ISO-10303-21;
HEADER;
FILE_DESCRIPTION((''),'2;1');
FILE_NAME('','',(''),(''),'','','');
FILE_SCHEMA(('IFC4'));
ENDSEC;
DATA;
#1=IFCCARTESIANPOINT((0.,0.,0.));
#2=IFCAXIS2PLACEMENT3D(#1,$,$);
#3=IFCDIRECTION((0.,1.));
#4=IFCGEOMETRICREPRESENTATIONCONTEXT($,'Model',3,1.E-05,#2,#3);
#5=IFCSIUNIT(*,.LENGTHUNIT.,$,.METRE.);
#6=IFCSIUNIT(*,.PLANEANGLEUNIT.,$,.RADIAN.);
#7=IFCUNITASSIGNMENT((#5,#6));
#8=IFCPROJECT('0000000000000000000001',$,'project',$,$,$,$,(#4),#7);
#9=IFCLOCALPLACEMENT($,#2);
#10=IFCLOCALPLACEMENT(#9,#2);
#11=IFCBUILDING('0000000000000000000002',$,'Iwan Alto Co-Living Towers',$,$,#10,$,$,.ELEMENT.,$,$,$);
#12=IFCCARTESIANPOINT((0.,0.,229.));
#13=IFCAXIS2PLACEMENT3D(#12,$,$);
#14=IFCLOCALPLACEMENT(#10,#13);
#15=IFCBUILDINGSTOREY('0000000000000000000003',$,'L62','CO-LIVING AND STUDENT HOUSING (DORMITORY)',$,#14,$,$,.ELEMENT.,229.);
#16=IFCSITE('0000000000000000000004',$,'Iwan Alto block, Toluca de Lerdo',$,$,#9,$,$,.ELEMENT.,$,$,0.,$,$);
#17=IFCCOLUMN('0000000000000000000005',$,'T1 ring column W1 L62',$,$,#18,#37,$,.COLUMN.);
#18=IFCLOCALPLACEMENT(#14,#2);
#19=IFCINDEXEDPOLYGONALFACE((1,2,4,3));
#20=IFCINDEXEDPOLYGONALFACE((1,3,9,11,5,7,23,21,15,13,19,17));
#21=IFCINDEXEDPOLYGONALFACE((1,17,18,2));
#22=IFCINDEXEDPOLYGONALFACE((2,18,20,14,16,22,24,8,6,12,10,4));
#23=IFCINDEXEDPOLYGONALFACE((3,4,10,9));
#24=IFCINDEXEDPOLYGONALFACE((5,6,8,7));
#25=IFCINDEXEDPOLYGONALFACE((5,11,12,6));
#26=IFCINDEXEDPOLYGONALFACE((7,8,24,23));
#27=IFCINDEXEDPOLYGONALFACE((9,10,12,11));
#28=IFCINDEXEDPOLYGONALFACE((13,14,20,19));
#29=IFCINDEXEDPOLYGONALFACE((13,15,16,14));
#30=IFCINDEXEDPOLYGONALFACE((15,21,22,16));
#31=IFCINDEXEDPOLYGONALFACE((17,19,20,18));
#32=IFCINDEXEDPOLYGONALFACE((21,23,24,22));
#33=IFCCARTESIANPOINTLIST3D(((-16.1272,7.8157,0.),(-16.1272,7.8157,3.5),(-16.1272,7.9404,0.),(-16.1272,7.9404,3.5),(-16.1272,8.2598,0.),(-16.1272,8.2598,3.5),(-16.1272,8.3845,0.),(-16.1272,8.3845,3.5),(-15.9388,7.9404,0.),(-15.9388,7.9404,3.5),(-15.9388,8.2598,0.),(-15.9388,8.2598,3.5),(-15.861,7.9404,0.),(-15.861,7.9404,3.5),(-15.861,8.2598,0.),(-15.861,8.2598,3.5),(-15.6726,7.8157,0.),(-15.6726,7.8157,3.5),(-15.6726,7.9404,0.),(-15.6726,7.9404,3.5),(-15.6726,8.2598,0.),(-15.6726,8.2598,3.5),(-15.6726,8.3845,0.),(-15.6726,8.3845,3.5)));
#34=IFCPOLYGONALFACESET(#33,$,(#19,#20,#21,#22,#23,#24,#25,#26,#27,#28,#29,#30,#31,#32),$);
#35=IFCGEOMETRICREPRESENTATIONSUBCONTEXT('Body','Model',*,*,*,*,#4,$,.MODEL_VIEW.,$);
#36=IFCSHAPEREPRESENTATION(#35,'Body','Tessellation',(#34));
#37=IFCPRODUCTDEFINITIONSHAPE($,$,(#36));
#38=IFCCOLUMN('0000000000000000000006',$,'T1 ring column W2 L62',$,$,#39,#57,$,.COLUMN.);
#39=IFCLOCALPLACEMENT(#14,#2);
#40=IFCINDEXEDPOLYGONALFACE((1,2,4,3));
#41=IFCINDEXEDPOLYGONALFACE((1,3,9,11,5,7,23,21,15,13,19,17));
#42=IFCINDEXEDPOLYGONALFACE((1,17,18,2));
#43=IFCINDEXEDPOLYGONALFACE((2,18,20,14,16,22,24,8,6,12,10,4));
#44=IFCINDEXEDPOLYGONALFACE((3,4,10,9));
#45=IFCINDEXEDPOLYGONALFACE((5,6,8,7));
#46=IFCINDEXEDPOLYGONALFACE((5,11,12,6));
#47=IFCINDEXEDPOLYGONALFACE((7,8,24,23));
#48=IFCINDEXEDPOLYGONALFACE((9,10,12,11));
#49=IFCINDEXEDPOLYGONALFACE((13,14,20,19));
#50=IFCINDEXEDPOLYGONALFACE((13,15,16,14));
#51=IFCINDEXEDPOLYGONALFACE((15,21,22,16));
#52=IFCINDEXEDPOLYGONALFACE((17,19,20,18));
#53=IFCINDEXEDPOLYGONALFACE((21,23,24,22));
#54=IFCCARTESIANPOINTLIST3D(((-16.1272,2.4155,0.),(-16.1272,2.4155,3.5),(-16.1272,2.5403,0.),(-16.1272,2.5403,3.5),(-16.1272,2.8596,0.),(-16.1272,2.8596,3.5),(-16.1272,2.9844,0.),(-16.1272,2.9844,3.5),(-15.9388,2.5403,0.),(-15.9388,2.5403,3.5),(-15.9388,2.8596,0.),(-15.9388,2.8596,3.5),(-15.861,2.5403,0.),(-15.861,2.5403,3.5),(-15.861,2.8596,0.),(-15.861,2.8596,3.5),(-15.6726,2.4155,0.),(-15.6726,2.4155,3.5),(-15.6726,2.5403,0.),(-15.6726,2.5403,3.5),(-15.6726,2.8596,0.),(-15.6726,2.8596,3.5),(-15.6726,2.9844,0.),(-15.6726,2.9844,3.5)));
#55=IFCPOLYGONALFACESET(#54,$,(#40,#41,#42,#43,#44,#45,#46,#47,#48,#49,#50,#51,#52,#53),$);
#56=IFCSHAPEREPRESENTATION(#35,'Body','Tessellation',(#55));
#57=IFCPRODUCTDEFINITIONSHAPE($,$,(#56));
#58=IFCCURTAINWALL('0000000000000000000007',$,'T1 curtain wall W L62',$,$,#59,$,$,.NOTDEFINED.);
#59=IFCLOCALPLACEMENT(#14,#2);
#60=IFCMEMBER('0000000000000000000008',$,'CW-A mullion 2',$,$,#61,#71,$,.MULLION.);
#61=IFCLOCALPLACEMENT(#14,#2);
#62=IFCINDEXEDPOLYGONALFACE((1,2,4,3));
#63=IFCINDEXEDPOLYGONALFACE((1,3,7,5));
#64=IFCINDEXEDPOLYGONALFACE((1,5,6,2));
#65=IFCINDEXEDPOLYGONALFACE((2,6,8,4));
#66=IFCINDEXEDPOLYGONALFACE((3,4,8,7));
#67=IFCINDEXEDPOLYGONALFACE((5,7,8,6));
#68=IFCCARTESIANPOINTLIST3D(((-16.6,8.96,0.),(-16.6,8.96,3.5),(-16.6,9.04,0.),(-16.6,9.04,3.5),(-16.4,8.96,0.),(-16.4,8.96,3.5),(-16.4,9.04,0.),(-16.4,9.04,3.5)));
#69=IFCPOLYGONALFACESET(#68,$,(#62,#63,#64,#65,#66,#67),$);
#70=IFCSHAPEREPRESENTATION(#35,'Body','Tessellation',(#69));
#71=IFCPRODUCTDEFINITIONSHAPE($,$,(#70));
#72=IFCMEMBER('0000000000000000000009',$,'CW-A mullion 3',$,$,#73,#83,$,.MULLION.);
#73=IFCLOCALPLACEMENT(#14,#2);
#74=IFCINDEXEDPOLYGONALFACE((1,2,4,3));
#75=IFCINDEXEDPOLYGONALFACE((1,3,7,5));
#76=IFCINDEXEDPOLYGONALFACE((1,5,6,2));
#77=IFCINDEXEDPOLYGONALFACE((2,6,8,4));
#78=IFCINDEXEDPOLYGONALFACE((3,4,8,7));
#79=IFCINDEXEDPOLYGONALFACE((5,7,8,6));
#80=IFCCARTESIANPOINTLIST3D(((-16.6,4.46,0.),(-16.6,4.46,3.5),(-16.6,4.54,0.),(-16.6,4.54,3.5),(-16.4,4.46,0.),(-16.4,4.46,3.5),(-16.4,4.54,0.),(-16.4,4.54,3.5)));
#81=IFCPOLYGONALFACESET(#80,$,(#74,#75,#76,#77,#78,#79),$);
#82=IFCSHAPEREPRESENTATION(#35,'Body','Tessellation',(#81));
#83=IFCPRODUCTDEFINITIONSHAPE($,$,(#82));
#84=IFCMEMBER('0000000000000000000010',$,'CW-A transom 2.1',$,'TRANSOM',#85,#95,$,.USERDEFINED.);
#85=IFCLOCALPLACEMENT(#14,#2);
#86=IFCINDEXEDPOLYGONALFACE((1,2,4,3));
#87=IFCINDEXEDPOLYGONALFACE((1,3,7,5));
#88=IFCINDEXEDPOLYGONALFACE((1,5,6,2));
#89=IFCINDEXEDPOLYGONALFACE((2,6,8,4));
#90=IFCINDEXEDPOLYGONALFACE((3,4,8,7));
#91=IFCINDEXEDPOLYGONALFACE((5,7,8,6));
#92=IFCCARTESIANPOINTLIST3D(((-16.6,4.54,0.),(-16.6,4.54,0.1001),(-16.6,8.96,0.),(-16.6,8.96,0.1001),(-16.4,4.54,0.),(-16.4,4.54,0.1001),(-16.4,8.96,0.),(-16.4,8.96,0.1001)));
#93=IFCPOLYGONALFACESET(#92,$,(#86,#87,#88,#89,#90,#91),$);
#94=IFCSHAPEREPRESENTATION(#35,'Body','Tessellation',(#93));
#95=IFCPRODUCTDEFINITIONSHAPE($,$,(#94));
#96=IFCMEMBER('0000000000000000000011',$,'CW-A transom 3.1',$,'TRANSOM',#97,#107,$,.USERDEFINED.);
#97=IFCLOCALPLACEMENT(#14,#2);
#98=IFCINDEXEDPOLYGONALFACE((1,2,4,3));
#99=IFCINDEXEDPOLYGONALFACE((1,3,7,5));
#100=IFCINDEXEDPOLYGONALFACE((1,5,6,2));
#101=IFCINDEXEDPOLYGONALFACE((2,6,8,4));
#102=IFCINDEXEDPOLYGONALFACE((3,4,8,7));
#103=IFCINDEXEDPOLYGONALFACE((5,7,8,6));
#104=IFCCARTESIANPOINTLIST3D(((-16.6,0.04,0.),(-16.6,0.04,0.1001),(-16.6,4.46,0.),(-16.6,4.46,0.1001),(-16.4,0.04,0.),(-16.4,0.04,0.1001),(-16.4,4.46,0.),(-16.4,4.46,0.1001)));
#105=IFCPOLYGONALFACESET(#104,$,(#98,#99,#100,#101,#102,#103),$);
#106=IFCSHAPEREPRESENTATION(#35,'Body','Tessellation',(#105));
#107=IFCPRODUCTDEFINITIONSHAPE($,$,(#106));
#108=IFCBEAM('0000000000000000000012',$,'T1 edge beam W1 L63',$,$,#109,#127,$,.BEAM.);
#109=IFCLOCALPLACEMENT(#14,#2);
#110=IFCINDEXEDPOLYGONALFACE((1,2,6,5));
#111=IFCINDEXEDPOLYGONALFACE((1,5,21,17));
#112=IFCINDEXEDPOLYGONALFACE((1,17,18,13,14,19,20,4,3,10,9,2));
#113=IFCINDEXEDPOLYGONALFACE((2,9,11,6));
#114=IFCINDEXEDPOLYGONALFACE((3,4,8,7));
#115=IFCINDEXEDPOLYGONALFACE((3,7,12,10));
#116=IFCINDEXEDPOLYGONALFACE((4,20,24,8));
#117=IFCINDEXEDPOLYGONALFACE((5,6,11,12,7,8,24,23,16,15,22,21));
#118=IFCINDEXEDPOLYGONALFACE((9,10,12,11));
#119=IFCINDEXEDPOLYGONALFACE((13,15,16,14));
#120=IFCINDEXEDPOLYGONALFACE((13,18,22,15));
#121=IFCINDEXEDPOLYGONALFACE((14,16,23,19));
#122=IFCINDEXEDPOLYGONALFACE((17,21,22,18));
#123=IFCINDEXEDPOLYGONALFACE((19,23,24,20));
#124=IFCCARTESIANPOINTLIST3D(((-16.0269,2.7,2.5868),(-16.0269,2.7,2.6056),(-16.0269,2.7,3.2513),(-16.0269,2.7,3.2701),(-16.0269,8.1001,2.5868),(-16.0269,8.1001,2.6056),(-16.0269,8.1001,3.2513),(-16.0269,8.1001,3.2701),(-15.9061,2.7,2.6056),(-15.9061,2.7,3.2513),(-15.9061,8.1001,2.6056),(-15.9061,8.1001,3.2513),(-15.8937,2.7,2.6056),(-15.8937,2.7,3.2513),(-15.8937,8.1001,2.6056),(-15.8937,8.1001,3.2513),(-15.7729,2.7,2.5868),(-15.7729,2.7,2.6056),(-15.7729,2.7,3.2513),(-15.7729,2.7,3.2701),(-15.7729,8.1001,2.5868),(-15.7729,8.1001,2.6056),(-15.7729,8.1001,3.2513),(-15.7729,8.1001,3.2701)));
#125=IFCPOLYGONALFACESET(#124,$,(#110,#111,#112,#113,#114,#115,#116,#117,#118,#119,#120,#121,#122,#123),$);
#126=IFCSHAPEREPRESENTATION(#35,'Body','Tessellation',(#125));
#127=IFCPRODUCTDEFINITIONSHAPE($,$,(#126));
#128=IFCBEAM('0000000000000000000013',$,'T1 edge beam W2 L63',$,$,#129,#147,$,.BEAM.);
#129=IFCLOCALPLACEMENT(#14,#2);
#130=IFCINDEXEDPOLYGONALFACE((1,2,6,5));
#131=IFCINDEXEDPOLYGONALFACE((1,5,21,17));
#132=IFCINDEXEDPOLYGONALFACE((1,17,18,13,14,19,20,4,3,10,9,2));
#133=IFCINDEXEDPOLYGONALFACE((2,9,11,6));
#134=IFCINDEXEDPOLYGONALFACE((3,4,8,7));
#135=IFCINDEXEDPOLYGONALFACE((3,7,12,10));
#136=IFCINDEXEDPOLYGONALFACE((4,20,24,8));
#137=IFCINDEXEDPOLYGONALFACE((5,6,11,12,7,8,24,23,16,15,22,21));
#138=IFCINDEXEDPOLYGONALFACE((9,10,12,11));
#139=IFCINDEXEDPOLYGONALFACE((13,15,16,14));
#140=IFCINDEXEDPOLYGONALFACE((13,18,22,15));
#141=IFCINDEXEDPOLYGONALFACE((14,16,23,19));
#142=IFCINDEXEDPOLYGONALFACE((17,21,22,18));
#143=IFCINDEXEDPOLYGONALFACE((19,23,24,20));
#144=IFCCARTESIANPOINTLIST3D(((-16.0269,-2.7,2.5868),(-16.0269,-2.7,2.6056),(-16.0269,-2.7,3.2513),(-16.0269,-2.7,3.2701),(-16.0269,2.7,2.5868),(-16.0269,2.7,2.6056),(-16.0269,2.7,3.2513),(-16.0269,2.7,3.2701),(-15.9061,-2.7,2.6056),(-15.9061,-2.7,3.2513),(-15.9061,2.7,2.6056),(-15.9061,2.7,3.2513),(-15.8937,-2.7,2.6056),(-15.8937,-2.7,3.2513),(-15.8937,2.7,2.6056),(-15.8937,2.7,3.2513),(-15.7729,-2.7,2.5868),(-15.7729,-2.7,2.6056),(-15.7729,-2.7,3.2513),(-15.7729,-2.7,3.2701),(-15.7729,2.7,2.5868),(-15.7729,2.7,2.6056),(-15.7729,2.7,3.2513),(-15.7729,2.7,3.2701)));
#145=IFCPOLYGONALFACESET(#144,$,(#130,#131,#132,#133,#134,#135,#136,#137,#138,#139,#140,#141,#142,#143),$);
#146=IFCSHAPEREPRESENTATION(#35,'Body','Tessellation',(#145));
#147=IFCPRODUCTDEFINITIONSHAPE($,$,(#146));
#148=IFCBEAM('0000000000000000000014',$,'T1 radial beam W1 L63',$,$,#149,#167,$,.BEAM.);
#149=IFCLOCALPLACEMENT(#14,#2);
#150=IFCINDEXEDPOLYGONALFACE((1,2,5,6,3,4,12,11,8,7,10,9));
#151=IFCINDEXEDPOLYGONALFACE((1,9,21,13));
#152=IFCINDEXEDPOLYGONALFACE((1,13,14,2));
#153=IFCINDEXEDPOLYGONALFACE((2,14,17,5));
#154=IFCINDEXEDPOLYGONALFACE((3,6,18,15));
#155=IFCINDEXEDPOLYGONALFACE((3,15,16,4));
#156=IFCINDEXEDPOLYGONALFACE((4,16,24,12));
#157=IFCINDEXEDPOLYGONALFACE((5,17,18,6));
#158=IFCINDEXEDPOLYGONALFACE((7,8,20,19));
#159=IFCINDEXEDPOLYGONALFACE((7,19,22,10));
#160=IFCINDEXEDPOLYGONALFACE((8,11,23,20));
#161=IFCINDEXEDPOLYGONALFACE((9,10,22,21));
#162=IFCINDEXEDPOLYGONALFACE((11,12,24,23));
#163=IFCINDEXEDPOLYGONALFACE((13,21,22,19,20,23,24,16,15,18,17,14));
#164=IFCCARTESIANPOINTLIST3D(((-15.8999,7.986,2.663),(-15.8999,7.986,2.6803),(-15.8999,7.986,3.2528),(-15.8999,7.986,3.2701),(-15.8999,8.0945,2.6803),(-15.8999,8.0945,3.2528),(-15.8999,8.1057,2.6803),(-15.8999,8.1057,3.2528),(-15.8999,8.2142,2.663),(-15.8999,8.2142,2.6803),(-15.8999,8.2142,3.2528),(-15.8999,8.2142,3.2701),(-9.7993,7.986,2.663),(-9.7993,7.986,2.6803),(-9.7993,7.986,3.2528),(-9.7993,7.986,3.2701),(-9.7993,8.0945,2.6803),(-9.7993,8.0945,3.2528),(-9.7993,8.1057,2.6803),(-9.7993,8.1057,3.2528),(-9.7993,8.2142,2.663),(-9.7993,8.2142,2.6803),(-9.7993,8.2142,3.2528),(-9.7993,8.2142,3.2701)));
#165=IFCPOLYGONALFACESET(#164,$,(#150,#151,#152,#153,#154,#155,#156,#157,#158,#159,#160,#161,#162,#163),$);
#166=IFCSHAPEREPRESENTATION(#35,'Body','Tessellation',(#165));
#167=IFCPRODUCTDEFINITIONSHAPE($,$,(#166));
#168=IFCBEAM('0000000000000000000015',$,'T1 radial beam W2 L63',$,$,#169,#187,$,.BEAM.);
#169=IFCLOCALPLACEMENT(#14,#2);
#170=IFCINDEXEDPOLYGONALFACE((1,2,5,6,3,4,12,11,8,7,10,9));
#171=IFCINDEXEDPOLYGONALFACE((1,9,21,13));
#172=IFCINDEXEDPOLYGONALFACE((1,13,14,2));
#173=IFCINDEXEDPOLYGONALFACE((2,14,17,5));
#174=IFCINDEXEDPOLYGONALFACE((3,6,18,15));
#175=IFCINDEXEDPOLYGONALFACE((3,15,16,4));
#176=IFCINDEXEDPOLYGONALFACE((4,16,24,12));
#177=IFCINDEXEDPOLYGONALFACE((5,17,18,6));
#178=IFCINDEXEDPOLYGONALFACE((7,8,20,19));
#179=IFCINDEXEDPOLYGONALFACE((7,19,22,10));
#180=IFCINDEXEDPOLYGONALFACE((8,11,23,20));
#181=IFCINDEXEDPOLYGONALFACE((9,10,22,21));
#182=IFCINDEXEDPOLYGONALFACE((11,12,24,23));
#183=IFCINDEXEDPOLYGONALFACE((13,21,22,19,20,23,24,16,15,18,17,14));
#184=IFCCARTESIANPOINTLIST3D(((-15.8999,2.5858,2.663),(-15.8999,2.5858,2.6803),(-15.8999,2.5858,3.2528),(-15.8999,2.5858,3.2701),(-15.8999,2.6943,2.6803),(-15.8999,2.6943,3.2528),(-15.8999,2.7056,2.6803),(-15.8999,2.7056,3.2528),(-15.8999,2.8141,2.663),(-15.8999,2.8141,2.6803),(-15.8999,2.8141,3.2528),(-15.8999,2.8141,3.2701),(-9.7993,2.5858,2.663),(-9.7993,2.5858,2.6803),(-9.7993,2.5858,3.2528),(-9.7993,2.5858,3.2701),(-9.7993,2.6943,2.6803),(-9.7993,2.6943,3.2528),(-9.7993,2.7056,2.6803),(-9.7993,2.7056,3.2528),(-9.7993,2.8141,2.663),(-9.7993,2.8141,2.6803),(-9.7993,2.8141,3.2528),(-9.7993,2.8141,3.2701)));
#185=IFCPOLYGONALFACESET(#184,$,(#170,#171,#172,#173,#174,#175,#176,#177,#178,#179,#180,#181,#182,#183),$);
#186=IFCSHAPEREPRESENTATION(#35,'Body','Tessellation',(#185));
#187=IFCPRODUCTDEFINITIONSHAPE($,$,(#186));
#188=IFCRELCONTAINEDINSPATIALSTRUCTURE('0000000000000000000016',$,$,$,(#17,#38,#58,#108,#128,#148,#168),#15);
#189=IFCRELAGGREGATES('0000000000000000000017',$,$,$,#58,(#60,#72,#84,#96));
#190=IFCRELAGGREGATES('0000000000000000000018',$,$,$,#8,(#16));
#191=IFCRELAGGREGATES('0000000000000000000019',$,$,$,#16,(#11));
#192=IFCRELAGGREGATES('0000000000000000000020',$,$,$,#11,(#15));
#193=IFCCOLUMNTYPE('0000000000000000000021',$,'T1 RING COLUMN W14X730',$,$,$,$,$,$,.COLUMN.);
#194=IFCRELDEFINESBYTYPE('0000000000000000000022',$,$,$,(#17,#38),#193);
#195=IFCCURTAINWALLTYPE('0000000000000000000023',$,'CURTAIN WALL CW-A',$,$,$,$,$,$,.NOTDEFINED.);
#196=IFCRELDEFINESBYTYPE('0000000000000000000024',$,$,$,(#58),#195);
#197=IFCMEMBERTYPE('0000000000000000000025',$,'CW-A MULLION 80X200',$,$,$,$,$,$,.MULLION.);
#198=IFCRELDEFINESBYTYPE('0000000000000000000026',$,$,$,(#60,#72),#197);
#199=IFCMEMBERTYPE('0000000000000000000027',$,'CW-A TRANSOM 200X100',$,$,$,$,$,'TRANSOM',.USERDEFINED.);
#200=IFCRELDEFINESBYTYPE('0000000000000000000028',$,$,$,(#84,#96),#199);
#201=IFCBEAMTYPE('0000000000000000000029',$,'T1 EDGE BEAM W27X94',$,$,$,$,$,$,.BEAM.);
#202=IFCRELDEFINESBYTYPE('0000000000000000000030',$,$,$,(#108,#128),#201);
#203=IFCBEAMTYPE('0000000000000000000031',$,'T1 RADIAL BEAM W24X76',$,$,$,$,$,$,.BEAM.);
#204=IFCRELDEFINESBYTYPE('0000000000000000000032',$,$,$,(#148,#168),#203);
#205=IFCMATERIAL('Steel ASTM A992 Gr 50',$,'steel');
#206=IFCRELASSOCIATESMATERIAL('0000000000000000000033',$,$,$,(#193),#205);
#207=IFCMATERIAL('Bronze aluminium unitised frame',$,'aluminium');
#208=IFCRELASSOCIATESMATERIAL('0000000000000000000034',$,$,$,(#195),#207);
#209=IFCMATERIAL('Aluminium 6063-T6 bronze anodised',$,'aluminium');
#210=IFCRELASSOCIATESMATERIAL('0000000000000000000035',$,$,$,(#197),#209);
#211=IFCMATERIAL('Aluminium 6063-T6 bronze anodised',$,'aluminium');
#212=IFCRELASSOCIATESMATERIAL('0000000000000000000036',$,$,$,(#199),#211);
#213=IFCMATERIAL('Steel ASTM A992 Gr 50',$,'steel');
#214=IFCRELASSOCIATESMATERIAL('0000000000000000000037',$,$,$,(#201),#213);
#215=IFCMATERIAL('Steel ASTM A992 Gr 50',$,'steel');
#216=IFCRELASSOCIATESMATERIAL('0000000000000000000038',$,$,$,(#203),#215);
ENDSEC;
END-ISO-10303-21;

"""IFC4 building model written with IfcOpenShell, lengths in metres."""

from ifc_helpers import new_model, si_unit, direction, frame, origin, origin_2d, place, context, subcontext, project, spatial, rectangle, i_section, extrude, material, material_profile, profile_set, type_object, element, aggregate, save


model = new_model("IFC4")

# Units and contexts
model_context = context("Model", 3, precision=1e-05, world=origin(), true_north=direction((0.0, 1.0)))
body_context = subcontext(model_context, "Body", "Model", "MODEL_VIEW")
ifc_project = project(units=[si_unit("LENGTHUNIT", "METRE"), si_unit("PLANEANGLEUNIT", "RADIAN")], contexts=[model_context])

# Site, building, storey
site_placement = place(None, origin())
site = spatial("IfcSite", under=ifc_project, at=site_placement, Name="Iwan Alto block, Toluca de Lerdo", CompositionType="ELEMENT", RefElevation=0.0)
building_placement = place(site_placement, origin())
building = spatial("IfcBuilding", under=site, at=building_placement, Name="Iwan Alto Co-Living Towers", CompositionType="ELEMENT")
storey_placement = place(building_placement, frame((0.0, 0.0, 229.0)))
storey = spatial("IfcBuildingStorey", under=building, at=storey_placement, Name="L62", Description="CO-LIVING AND STUDENT HOUSING (DORMITORY)", CompositionType="ELEMENT", Elevation=229.0)

# Columns
ifc_material_1 = material(Name="Steel ASTM A992 Gr 50", Category="steel")
ifc_material_profile_1 = material_profile(ifc_material_1, i_section(OverallWidth=0.4546, OverallDepth=0.5688, WebThickness=0.0779, FlangeThickness=0.1248, at=origin_2d()), Name="W14X730")
ifc_profile_set_1 = profile_set([ifc_material_profile_1], Name="Steel ASTM A992 Gr 50")
column_type = type_object("IfcColumnType", Name="T1 RING COLUMN W14X730", PredefinedType="COLUMN", material=ifc_profile_set_1)
for number, where, z_axis, x_axis, name in (
    (1, (-15.8999, 8.1001, 0.0), (0.0, 0.0, 1.0), (1.0, 0.0, 0.0), "T1 ring column W1 L62"),
    (2, (-15.8999, 2.7, 0.0), (0.0, 0.0, 1.0), (1.0, 0.0, 0.0), "T1 ring column W2 L62"),
):
    element("IfcColumn", number, at=place(storey_placement, frame(where, z_axis=z_axis, x_axis=x_axis)), inside=storey, type_object=column_type, Name=name, PredefinedType="COLUMN", context=body_context, shape_type="SweptSolid", body=[
        extrude(i_section(OverallWidth=0.4546, OverallDepth=0.5688, WebThickness=0.0779, FlangeThickness=0.1248, at=origin_2d()), origin(), (0.0, 0.0, 1.0), 3.5),
    ])

# Curtain wall, members
ifc_material_2 = material(Name="Bronze aluminium unitised frame", Category="aluminium")
curtain_wall_type = type_object("IfcCurtainWallType", Name="CURTAIN WALL CW-A", PredefinedType="NOTDEFINED", material=ifc_material_2)
curtain_wall_placement = place(storey_placement, origin())
curtain_wall = element("IfcCurtainWall", 3, at=curtain_wall_placement, inside=storey, type_object=curtain_wall_type, Name="T1 curtain wall W L62", PredefinedType="NOTDEFINED")
ifc_material_3 = material(Name="Aluminium 6063-T6 bronze anodised", Category="aluminium")
ifc_material_profile_2 = material_profile(ifc_material_3, rectangle(XDim=0.2, YDim=0.0801, at=origin_2d()), Name="AL 80X200")
ifc_profile_set_2 = profile_set([ifc_material_profile_2], Name="Aluminium 6063-T6 bronze anodised")
member_type_1 = type_object("IfcMemberType", Name="CW-A MULLION 80X200", PredefinedType="MULLION", material=ifc_profile_set_2)
member_1_placement = place(storey_placement, frame((-16.5, 9.0, 0.0), z_axis=(0.0, 0.0, 1.0), x_axis=(1.0, 0.0, 0.0)))
member_1 = element("IfcMember", 4, at=member_1_placement, type_object=member_type_1, Name="CW-A mullion 2", PredefinedType="MULLION", context=body_context, shape_type="SweptSolid", body=[
    extrude(rectangle(XDim=0.2, YDim=0.0801, at=origin_2d()), origin(), (0.0, 0.0, 1.0), 3.5),
])
member_2_placement = place(storey_placement, frame((-16.5, 4.5, 0.0), z_axis=(0.0, 0.0, 1.0), x_axis=(1.0, 0.0, 0.0)))
member_2 = element("IfcMember", 5, at=member_2_placement, type_object=member_type_1, Name="CW-A mullion 3", PredefinedType="MULLION", context=body_context, shape_type="SweptSolid", body=[
    extrude(rectangle(XDim=0.2, YDim=0.0801, at=origin_2d()), origin(), (0.0, 0.0, 1.0), 3.5),
])
ifc_material_4 = material(Name="Aluminium 6063-T6 bronze anodised", Category="aluminium")
ifc_material_profile_3 = material_profile(ifc_material_4, rectangle(XDim=0.2, YDim=0.1001, at=origin_2d()), Name="AL 200X100")
ifc_profile_set_3 = profile_set([ifc_material_profile_3], Name="Aluminium 6063-T6 bronze anodised")
member_type_2 = type_object("IfcMemberType", Name="CW-A TRANSOM 200X100", ElementType="TRANSOM", PredefinedType="USERDEFINED", material=ifc_profile_set_3)
member_3_placement = place(storey_placement, frame((-16.5, 8.96, 0.05), z_axis=(0.0, -1.0, 0.0), x_axis=(1.0, 0.0, 0.0)))
member_3 = element("IfcMember", 6, at=member_3_placement, type_object=member_type_2, Name="CW-A transom 2.1", ObjectType="TRANSOM", PredefinedType="USERDEFINED", context=body_context, shape_type="SweptSolid", body=[
    extrude(rectangle(XDim=0.2, YDim=0.1001, at=origin_2d()), origin(), (0.0, 0.0, 1.0), 4.4199),
])
member_4_placement = place(storey_placement, frame((-16.5, 4.46, 0.05), z_axis=(0.0, -1.0, 0.0), x_axis=(1.0, 0.0, 0.0)))
member_4 = element("IfcMember", 7, at=member_4_placement, type_object=member_type_2, Name="CW-A transom 3.1", ObjectType="TRANSOM", PredefinedType="USERDEFINED", context=body_context, shape_type="SweptSolid", body=[
    extrude(rectangle(XDim=0.2, YDim=0.1001, at=origin_2d()), origin(), (0.0, 0.0, 1.0), 4.4199),
])

# Beams
ifc_material_5 = material(Name="Steel ASTM A992 Gr 50", Category="steel")
ifc_material_profile_4 = material_profile(ifc_material_5, i_section(OverallWidth=0.2539, OverallDepth=0.6833, WebThickness=0.0125, FlangeThickness=0.0188, at=origin_2d()), Name="W27X94")
ifc_profile_set_4 = profile_set([ifc_material_profile_4], Name="Steel ASTM A992 Gr 50")
beam_type_1 = type_object("IfcBeamType", Name="T1 EDGE BEAM W27X94", PredefinedType="BEAM", material=ifc_profile_set_4)
beam_1_placement = place(storey_placement, frame((-15.8999, 8.1001, 2.9285), z_axis=(0.0, -1.0, 0.0), x_axis=(1.0, 0.0, 0.0)))
element("IfcBeam", 8, at=beam_1_placement, inside=storey, type_object=beam_type_1, Name="T1 edge beam W1 L63", PredefinedType="BEAM", context=body_context, shape_type="SweptSolid", body=[
    extrude(i_section(OverallWidth=0.2539, OverallDepth=0.6833, WebThickness=0.0125, FlangeThickness=0.0188, at=origin_2d()), origin(), (0.0, 0.0, 1.0), 5.4001),
])
beam_2_placement = place(storey_placement, frame((-15.8999, 2.7, 2.9285), z_axis=(0.0, -1.0, 0.0), x_axis=(1.0, 0.0, 0.0)))
element("IfcBeam", 9, at=beam_2_placement, inside=storey, type_object=beam_type_1, Name="T1 edge beam W2 L63", PredefinedType="BEAM", context=body_context, shape_type="SweptSolid", body=[
    extrude(i_section(OverallWidth=0.2539, OverallDepth=0.6833, WebThickness=0.0125, FlangeThickness=0.0188, at=origin_2d()), origin(), (0.0, 0.0, 1.0), 5.3999),
])
ifc_material_6 = material(Name="Steel ASTM A992 Gr 50", Category="steel")
ifc_material_profile_5 = material_profile(ifc_material_6, i_section(OverallWidth=0.2283, OverallDepth=0.6072, WebThickness=0.0112, FlangeThickness=0.0173, at=origin_2d()), Name="W24X76")
ifc_profile_set_5 = profile_set([ifc_material_profile_5], Name="Steel ASTM A992 Gr 50")
beam_type_2 = type_object("IfcBeamType", Name="T1 RADIAL BEAM W24X76", PredefinedType="BEAM", material=ifc_profile_set_5)
for number, where, z_axis, x_axis, name in (
    (10, (-15.8999, 8.1001, 2.9666), (1.0, 0.0, 0.0), (0.0, 1.0, 0.0), "T1 radial beam W1 L63"),
    (11, (-15.8999, 2.7, 2.9666), (1.0, 0.0, 0.0), (0.0, 1.0, 0.0), "T1 radial beam W2 L63"),
):
    element("IfcBeam", number, at=place(storey_placement, frame(where, z_axis=z_axis, x_axis=x_axis)), inside=storey, type_object=beam_type_2, Name=name, PredefinedType="BEAM", context=body_context, shape_type="SweptSolid", body=[
        extrude(i_section(OverallWidth=0.2283, OverallDepth=0.6072, WebThickness=0.0112, FlangeThickness=0.0173, at=origin_2d()), origin(), (0.0, 0.0, 1.0), 6.1006),
    ])

aggregate(curtain_wall, [member_1, member_2, member_3, member_4])

save(model, "model.ifc")
